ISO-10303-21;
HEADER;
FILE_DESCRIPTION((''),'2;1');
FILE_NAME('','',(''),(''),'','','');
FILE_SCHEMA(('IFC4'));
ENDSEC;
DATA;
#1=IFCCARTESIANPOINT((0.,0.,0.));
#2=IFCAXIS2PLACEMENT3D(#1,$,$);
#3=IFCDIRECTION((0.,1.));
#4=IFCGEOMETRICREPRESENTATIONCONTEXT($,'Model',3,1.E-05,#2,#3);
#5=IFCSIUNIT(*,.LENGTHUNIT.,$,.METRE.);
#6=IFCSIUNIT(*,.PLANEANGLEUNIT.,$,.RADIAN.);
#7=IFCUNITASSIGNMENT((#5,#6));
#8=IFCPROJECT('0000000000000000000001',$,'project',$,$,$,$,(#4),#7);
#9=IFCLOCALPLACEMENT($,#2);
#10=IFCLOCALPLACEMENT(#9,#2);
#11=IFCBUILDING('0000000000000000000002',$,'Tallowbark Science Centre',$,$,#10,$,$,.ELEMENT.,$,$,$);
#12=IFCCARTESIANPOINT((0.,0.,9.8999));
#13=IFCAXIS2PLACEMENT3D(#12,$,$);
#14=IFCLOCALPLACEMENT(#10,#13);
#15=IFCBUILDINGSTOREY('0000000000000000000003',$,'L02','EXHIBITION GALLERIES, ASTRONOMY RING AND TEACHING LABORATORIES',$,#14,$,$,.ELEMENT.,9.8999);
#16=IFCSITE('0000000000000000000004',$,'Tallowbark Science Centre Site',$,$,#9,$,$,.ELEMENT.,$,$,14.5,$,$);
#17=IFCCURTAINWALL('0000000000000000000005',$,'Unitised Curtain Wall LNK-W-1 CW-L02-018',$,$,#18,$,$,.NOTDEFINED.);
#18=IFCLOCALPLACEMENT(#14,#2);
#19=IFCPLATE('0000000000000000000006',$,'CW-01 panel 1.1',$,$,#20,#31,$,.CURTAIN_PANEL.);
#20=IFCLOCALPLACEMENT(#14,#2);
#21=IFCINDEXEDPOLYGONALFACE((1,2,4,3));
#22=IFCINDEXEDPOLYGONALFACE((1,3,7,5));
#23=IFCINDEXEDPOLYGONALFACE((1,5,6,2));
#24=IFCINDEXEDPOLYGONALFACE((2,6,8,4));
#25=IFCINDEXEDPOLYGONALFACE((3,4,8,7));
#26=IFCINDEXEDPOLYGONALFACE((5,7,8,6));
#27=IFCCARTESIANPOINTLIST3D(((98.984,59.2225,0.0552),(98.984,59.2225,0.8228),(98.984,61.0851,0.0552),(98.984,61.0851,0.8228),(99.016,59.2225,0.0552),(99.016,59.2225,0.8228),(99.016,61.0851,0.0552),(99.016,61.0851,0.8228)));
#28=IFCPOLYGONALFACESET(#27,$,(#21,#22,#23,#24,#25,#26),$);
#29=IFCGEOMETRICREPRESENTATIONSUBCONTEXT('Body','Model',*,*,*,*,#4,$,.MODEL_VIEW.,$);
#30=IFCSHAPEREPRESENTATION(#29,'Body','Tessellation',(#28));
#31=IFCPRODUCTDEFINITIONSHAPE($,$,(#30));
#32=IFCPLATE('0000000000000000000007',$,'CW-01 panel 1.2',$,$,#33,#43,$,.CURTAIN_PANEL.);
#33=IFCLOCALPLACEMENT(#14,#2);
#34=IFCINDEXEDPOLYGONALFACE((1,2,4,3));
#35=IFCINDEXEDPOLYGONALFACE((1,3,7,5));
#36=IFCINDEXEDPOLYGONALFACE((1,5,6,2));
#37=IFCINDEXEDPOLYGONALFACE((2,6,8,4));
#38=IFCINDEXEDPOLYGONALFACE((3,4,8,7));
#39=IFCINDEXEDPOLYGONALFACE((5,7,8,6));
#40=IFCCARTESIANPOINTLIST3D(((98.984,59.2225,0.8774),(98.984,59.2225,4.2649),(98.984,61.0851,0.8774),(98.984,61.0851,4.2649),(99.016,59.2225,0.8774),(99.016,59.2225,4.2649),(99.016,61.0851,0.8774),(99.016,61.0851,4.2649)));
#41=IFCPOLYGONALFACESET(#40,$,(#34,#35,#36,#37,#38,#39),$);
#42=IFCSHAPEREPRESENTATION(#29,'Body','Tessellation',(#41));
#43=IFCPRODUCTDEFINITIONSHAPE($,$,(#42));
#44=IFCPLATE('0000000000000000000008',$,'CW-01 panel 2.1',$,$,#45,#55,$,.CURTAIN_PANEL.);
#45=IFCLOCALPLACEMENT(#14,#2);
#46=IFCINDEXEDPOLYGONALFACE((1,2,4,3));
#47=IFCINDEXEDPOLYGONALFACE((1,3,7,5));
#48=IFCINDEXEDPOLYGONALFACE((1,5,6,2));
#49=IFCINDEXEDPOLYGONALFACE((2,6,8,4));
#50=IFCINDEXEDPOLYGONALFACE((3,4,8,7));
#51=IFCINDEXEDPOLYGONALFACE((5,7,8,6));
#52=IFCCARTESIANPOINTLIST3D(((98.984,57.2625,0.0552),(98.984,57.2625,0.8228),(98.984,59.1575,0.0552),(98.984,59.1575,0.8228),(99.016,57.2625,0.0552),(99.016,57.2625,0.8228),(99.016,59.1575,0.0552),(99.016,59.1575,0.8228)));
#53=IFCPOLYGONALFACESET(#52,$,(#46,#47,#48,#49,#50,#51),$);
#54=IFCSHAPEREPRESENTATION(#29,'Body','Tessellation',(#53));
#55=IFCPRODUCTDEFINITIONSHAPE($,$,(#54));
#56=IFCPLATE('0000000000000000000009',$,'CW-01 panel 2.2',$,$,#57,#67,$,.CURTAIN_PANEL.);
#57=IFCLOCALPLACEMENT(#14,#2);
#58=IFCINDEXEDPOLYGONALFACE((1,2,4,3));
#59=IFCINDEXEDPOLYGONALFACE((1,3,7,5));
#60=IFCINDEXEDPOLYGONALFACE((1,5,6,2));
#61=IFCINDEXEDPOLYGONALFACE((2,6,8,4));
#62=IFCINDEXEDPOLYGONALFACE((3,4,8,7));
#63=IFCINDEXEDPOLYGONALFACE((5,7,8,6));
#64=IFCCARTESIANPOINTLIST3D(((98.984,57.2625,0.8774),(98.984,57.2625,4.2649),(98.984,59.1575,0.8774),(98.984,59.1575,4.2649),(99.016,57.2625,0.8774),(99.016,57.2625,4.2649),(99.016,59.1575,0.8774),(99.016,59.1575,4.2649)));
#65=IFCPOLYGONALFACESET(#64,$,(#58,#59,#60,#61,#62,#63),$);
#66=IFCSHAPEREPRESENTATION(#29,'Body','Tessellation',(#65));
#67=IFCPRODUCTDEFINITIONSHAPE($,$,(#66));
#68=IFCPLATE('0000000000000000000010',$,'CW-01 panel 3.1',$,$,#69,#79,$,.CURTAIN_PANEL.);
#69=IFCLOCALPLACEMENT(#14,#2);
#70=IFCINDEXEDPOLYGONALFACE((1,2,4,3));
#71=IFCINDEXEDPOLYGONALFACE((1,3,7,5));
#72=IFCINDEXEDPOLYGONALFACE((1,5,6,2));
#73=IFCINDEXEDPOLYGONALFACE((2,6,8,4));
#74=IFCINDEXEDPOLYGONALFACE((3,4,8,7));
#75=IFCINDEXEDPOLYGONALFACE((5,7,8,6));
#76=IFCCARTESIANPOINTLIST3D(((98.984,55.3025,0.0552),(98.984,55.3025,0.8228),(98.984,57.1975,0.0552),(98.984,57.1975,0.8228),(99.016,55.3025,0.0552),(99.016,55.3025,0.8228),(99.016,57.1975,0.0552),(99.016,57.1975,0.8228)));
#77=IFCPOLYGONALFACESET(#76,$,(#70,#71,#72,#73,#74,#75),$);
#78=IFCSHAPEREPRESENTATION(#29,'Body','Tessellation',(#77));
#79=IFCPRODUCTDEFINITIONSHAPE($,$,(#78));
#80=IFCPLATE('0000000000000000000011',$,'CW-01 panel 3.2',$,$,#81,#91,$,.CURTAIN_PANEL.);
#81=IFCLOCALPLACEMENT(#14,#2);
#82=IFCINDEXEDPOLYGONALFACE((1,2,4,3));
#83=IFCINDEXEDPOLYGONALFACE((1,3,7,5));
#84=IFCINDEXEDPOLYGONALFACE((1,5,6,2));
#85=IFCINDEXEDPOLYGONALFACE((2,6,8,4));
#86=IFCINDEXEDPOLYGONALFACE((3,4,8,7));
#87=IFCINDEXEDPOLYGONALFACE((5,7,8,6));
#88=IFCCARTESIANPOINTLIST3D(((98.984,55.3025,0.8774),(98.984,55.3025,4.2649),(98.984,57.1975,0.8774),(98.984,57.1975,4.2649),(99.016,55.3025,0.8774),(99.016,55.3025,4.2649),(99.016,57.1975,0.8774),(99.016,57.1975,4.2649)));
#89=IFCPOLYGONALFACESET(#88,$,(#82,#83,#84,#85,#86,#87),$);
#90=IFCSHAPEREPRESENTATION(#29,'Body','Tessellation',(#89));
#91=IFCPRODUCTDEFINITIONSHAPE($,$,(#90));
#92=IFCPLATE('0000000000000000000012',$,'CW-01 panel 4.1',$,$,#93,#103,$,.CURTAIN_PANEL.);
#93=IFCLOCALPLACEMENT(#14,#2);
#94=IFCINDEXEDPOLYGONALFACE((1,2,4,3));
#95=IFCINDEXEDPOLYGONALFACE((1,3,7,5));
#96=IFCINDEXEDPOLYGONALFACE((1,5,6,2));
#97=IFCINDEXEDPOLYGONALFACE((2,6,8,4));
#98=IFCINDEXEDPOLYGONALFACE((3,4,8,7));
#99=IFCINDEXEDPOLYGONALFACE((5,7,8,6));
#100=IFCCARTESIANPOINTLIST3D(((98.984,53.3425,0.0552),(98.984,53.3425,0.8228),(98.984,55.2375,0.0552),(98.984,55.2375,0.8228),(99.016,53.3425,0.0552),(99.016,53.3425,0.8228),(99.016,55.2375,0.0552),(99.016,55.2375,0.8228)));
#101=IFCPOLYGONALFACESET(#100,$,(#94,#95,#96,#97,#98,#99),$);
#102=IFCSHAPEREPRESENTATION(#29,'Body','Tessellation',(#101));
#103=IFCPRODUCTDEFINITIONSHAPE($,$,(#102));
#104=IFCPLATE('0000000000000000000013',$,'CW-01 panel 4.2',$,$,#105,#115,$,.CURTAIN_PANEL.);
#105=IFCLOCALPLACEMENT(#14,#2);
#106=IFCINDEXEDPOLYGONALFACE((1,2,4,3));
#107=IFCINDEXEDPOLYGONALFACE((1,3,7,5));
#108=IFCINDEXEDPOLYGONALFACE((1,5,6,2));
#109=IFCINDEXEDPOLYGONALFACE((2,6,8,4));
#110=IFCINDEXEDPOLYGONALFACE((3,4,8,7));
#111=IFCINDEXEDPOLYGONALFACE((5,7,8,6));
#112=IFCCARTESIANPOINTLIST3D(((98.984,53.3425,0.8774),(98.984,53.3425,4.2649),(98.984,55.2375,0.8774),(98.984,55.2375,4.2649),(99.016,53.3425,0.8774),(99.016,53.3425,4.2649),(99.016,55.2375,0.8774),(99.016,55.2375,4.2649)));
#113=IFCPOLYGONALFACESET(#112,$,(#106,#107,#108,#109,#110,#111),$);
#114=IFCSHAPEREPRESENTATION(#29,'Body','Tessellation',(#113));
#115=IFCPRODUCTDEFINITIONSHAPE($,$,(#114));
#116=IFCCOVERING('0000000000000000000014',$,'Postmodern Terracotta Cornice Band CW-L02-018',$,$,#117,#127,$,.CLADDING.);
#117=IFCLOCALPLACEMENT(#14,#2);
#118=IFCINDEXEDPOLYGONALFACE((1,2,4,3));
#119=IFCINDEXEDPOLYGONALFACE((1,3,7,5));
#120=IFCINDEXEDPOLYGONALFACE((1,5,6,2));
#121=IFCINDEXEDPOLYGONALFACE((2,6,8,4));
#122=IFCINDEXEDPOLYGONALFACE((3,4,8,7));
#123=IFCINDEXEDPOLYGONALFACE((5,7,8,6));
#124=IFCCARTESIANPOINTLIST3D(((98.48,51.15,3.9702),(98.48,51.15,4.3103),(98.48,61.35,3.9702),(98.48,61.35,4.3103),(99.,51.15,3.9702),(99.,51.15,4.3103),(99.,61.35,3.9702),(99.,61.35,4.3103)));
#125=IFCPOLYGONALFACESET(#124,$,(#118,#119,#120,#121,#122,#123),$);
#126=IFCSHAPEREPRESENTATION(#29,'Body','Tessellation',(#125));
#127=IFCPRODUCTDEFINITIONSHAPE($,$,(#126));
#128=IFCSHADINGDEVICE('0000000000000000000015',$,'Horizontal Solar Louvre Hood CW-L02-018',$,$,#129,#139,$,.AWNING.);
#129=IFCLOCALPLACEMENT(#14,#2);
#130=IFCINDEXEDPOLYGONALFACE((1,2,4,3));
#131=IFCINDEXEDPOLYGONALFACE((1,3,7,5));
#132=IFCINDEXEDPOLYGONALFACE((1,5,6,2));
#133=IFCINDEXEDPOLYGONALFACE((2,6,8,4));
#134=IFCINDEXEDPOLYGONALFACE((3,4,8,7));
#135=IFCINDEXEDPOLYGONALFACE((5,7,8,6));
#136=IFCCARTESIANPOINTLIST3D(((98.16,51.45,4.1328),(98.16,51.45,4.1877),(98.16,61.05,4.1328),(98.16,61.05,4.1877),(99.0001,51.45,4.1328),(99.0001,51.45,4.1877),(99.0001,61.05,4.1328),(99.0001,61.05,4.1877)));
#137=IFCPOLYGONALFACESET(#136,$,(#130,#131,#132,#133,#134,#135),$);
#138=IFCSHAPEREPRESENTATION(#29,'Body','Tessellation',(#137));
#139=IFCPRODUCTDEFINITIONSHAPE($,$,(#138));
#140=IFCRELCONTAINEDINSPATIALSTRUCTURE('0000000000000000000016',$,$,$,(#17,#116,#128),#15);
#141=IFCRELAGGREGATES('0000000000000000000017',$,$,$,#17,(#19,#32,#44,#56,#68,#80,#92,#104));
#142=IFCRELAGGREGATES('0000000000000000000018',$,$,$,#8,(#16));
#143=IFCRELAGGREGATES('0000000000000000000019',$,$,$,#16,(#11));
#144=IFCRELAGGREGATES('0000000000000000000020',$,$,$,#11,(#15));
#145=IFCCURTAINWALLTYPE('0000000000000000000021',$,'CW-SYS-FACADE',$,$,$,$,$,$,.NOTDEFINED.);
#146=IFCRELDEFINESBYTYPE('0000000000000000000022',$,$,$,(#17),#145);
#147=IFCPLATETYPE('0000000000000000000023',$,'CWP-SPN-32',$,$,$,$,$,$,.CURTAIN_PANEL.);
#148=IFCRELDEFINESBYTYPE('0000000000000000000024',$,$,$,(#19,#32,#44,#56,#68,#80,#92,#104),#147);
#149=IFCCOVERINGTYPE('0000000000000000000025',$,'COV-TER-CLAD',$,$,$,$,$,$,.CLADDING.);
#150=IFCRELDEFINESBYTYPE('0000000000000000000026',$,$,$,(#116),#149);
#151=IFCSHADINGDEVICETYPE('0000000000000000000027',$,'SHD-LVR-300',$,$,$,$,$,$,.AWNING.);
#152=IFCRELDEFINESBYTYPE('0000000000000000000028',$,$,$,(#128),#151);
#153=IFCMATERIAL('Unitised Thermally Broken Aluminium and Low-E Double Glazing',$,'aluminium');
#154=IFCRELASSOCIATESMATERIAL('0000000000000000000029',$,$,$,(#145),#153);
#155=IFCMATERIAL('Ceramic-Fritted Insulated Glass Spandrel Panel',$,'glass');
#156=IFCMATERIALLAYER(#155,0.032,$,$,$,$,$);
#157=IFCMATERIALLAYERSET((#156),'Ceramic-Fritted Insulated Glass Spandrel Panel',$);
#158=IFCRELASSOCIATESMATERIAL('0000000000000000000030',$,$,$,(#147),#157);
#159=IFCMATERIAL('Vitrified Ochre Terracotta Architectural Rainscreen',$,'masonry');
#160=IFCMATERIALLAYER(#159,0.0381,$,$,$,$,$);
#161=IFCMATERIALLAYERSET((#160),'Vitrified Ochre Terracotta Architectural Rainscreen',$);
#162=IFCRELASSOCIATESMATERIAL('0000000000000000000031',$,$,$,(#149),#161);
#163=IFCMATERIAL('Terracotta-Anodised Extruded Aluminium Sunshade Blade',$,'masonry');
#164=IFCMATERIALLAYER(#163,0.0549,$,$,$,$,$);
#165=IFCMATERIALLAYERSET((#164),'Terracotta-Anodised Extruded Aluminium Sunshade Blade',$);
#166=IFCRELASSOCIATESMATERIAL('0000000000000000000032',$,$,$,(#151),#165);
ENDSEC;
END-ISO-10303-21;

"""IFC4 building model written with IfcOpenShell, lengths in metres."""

from ifc_helpers import new_model, si_unit, direction, frame, origin, origin_2d, place, context, subcontext, project, spatial, rectangle, extrude, material, layer, layer_set, type_object, element, aggregate, save


model = new_model("IFC4")

# Units and contexts
model_context = context("Model", 3, precision=1e-05, world=origin(), true_north=direction((0.0, 1.0)))
body_context = subcontext(model_context, "Body", "Model", "MODEL_VIEW")
ifc_project = project(units=[si_unit("LENGTHUNIT", "METRE"), si_unit("PLANEANGLEUNIT", "RADIAN")], contexts=[model_context])

# Site, building, storey
site_placement = place(None, origin())
site = spatial("IfcSite", under=ifc_project, at=site_placement, Name="Tallowbark Science Centre Site", CompositionType="ELEMENT", RefElevation=14.5)
building_placement = place(site_placement, origin())
building = spatial("IfcBuilding", under=site, at=building_placement, Name="Tallowbark Science Centre", CompositionType="ELEMENT")
storey_placement = place(building_placement, frame((0.0, 0.0, 9.8999)))
storey = spatial("IfcBuildingStorey", under=building, at=storey_placement, Name="L02", Description="EXHIBITION GALLERIES, ASTRONOMY RING AND TEACHING LABORATORIES", CompositionType="ELEMENT", Elevation=9.8999)

# Curtain wall, plates
ifc_material_1 = material(Name="Unitised Thermally Broken Aluminium and Low-E Double Glazing", Category="aluminium")
curtain_wall_type = type_object("IfcCurtainWallType", Name="CW-SYS-FACADE", PredefinedType="NOTDEFINED", material=ifc_material_1)
curtain_wall_placement = place(storey_placement, origin())
curtain_wall = element("IfcCurtainWall", 1, at=curtain_wall_placement, inside=storey, type_object=curtain_wall_type, Name="Unitised Curtain Wall LNK-W-1 CW-L02-018", PredefinedType="NOTDEFINED")
ifc_material_2 = material(Name="Ceramic-Fritted Insulated Glass Spandrel Panel", Category="glass")
ifc_layer_1 = layer(ifc_material_2, 0.032)
ifc_layer_set_1 = layer_set([ifc_layer_1], Name="Ceramic-Fritted Insulated Glass Spandrel Panel")
plate_type = type_object("IfcPlateType", Name="CWP-SPN-32", PredefinedType="CURTAIN_PANEL", material=ifc_layer_set_1)
plate_1_placement = place(storey_placement, frame((99.0, 60.1538, 0.0552), z_axis=(0.0, 0.0, 1.0), x_axis=(0.0, -1.0, 0.0)))
plate_1 = element("IfcPlate", 2, at=plate_1_placement, type_object=plate_type, Name="CW-01 panel 1.1", PredefinedType="CURTAIN_PANEL", context=body_context, shape_type="SweptSolid", body=[
    extrude(rectangle(XDim=1.8625, YDim=0.032, at=origin_2d()), origin(), (0.0, 0.0, 1.0), 0.7676),
])
plate_2_placement = place(storey_placement, frame((99.0, 60.1538, 0.8774), z_axis=(0.0, 0.0, 1.0), x_axis=(0.0, -1.0, 0.0)))
plate_2 = element("IfcPlate", 3, at=plate_2_placement, type_object=plate_type, Name="CW-01 panel 1.2", PredefinedType="CURTAIN_PANEL", context=body_context, shape_type="SweptSolid", body=[
    extrude(rectangle(XDim=1.8625, YDim=0.032, at=origin_2d()), origin(), (0.0, 0.0, 1.0), 3.3875),
])
plate_3_placement = place(storey_placement, frame((99.0, 58.21, 0.0552), z_axis=(0.0, 0.0, 1.0), x_axis=(0.0, -1.0, 0.0)))
plate_3 = element("IfcPlate", 4, at=plate_3_placement, type_object=plate_type, Name="CW-01 panel 2.1", PredefinedType="CURTAIN_PANEL", context=body_context, shape_type="SweptSolid", body=[
    extrude(rectangle(XDim=1.895, YDim=0.032, at=origin_2d()), origin(), (0.0, 0.0, 1.0), 0.7676),
])
plate_4_placement = place(storey_placement, frame((99.0, 58.21, 0.8774), z_axis=(0.0, 0.0, 1.0), x_axis=(0.0, -1.0, 0.0)))
plate_4 = element("IfcPlate", 5, at=plate_4_placement, type_object=plate_type, Name="CW-01 panel 2.2", PredefinedType="CURTAIN_PANEL", context=body_context, shape_type="SweptSolid", body=[
    extrude(rectangle(XDim=1.895, YDim=0.032, at=origin_2d()), origin(), (0.0, 0.0, 1.0), 3.3875),
])
plate_5_placement = place(storey_placement, frame((99.0, 56.25, 0.0552), z_axis=(0.0, 0.0, 1.0), x_axis=(0.0, -1.0, 0.0)))
plate_5 = element("IfcPlate", 6, at=plate_5_placement, type_object=plate_type, Name="CW-01 panel 3.1", PredefinedType="CURTAIN_PANEL", context=body_context, shape_type="SweptSolid", body=[
    extrude(rectangle(XDim=1.895, YDim=0.032, at=origin_2d()), origin(), (0.0, 0.0, 1.0), 0.7676),
])
plate_6_placement = place(storey_placement, frame((99.0, 56.25, 0.8774), z_axis=(0.0, 0.0, 1.0), x_axis=(0.0, -1.0, 0.0)))
plate_6 = element("IfcPlate", 7, at=plate_6_placement, type_object=plate_type, Name="CW-01 panel 3.2", PredefinedType="CURTAIN_PANEL", context=body_context, shape_type="SweptSolid", body=[
    extrude(rectangle(XDim=1.895, YDim=0.032, at=origin_2d()), origin(), (0.0, 0.0, 1.0), 3.3875),
])
plate_7_placement = place(storey_placement, frame((99.0, 54.29, 0.0552), z_axis=(0.0, 0.0, 1.0), x_axis=(0.0, -1.0, 0.0)))
plate_7 = element("IfcPlate", 8, at=plate_7_placement, type_object=plate_type, Name="CW-01 panel 4.1", PredefinedType="CURTAIN_PANEL", context=body_context, shape_type="SweptSolid", body=[
    extrude(rectangle(XDim=1.895, YDim=0.032, at=origin_2d()), origin(), (0.0, 0.0, 1.0), 0.7676),
])
plate_8_placement = place(storey_placement, frame((99.0, 54.29, 0.8774), z_axis=(0.0, 0.0, 1.0), x_axis=(0.0, -1.0, 0.0)))
plate_8 = element("IfcPlate", 9, at=plate_8_placement, type_object=plate_type, Name="CW-01 panel 4.2", PredefinedType="CURTAIN_PANEL", context=body_context, shape_type="SweptSolid", body=[
    extrude(rectangle(XDim=1.895, YDim=0.032, at=origin_2d()), origin(), (0.0, 0.0, 1.0), 3.3875),
])
aggregate(curtain_wall, [plate_1, plate_2, plate_3, plate_4, plate_5, plate_6, plate_7, plate_8])

# Covering
ifc_material_3 = material(Name="Vitrified Ochre Terracotta Architectural Rainscreen", Category="masonry")
ifc_layer_2 = layer(ifc_material_3, 0.0381)
ifc_layer_set_2 = layer_set([ifc_layer_2], Name="Vitrified Ochre Terracotta Architectural Rainscreen")
covering_type = type_object("IfcCoveringType", Name="COV-TER-CLAD", PredefinedType="CLADDING", material=ifc_layer_set_2)
covering_placement = place(storey_placement, frame((98.74, 56.25, 3.9702), z_axis=(0.0, 0.0, 1.0), x_axis=(0.0, -1.0, 0.0)))
element("IfcCovering", 10, at=covering_placement, inside=storey, type_object=covering_type, Name="Postmodern Terracotta Cornice Band CW-L02-018", PredefinedType="CLADDING", context=body_context, shape_type="SweptSolid", body=[
    extrude(rectangle(XDim=10.2, YDim=0.52, at=origin_2d()), origin(), (0.0, 0.0, 1.0), 0.3401),
])

# Shading device
ifc_material_4 = material(Name="Terracotta-Anodised Extruded Aluminium Sunshade Blade", Category="masonry")
ifc_layer_3 = layer(ifc_material_4, 0.0549)
ifc_layer_set_3 = layer_set([ifc_layer_3], Name="Terracotta-Anodised Extruded Aluminium Sunshade Blade")
shading_device_type = type_object("IfcShadingDeviceType", Name="SHD-LVR-300", PredefinedType="AWNING", material=ifc_layer_set_3)
shading_device_placement = place(storey_placement, frame((98.5801, 56.25, 4.1328), z_axis=(0.0, 0.0, 1.0), x_axis=(0.0, -1.0, 0.0)))
element("IfcShadingDevice", 11, at=shading_device_placement, inside=storey, type_object=shading_device_type, Name="Horizontal Solar Louvre Hood CW-L02-018", PredefinedType="AWNING", context=body_context, shape_type="SweptSolid", body=[
    extrude(rectangle(XDim=9.6001, YDim=0.8401, at=origin_2d()), origin(), (0.0, 0.0, 1.0), 0.0549),
])

save(model, "model.ifc")
